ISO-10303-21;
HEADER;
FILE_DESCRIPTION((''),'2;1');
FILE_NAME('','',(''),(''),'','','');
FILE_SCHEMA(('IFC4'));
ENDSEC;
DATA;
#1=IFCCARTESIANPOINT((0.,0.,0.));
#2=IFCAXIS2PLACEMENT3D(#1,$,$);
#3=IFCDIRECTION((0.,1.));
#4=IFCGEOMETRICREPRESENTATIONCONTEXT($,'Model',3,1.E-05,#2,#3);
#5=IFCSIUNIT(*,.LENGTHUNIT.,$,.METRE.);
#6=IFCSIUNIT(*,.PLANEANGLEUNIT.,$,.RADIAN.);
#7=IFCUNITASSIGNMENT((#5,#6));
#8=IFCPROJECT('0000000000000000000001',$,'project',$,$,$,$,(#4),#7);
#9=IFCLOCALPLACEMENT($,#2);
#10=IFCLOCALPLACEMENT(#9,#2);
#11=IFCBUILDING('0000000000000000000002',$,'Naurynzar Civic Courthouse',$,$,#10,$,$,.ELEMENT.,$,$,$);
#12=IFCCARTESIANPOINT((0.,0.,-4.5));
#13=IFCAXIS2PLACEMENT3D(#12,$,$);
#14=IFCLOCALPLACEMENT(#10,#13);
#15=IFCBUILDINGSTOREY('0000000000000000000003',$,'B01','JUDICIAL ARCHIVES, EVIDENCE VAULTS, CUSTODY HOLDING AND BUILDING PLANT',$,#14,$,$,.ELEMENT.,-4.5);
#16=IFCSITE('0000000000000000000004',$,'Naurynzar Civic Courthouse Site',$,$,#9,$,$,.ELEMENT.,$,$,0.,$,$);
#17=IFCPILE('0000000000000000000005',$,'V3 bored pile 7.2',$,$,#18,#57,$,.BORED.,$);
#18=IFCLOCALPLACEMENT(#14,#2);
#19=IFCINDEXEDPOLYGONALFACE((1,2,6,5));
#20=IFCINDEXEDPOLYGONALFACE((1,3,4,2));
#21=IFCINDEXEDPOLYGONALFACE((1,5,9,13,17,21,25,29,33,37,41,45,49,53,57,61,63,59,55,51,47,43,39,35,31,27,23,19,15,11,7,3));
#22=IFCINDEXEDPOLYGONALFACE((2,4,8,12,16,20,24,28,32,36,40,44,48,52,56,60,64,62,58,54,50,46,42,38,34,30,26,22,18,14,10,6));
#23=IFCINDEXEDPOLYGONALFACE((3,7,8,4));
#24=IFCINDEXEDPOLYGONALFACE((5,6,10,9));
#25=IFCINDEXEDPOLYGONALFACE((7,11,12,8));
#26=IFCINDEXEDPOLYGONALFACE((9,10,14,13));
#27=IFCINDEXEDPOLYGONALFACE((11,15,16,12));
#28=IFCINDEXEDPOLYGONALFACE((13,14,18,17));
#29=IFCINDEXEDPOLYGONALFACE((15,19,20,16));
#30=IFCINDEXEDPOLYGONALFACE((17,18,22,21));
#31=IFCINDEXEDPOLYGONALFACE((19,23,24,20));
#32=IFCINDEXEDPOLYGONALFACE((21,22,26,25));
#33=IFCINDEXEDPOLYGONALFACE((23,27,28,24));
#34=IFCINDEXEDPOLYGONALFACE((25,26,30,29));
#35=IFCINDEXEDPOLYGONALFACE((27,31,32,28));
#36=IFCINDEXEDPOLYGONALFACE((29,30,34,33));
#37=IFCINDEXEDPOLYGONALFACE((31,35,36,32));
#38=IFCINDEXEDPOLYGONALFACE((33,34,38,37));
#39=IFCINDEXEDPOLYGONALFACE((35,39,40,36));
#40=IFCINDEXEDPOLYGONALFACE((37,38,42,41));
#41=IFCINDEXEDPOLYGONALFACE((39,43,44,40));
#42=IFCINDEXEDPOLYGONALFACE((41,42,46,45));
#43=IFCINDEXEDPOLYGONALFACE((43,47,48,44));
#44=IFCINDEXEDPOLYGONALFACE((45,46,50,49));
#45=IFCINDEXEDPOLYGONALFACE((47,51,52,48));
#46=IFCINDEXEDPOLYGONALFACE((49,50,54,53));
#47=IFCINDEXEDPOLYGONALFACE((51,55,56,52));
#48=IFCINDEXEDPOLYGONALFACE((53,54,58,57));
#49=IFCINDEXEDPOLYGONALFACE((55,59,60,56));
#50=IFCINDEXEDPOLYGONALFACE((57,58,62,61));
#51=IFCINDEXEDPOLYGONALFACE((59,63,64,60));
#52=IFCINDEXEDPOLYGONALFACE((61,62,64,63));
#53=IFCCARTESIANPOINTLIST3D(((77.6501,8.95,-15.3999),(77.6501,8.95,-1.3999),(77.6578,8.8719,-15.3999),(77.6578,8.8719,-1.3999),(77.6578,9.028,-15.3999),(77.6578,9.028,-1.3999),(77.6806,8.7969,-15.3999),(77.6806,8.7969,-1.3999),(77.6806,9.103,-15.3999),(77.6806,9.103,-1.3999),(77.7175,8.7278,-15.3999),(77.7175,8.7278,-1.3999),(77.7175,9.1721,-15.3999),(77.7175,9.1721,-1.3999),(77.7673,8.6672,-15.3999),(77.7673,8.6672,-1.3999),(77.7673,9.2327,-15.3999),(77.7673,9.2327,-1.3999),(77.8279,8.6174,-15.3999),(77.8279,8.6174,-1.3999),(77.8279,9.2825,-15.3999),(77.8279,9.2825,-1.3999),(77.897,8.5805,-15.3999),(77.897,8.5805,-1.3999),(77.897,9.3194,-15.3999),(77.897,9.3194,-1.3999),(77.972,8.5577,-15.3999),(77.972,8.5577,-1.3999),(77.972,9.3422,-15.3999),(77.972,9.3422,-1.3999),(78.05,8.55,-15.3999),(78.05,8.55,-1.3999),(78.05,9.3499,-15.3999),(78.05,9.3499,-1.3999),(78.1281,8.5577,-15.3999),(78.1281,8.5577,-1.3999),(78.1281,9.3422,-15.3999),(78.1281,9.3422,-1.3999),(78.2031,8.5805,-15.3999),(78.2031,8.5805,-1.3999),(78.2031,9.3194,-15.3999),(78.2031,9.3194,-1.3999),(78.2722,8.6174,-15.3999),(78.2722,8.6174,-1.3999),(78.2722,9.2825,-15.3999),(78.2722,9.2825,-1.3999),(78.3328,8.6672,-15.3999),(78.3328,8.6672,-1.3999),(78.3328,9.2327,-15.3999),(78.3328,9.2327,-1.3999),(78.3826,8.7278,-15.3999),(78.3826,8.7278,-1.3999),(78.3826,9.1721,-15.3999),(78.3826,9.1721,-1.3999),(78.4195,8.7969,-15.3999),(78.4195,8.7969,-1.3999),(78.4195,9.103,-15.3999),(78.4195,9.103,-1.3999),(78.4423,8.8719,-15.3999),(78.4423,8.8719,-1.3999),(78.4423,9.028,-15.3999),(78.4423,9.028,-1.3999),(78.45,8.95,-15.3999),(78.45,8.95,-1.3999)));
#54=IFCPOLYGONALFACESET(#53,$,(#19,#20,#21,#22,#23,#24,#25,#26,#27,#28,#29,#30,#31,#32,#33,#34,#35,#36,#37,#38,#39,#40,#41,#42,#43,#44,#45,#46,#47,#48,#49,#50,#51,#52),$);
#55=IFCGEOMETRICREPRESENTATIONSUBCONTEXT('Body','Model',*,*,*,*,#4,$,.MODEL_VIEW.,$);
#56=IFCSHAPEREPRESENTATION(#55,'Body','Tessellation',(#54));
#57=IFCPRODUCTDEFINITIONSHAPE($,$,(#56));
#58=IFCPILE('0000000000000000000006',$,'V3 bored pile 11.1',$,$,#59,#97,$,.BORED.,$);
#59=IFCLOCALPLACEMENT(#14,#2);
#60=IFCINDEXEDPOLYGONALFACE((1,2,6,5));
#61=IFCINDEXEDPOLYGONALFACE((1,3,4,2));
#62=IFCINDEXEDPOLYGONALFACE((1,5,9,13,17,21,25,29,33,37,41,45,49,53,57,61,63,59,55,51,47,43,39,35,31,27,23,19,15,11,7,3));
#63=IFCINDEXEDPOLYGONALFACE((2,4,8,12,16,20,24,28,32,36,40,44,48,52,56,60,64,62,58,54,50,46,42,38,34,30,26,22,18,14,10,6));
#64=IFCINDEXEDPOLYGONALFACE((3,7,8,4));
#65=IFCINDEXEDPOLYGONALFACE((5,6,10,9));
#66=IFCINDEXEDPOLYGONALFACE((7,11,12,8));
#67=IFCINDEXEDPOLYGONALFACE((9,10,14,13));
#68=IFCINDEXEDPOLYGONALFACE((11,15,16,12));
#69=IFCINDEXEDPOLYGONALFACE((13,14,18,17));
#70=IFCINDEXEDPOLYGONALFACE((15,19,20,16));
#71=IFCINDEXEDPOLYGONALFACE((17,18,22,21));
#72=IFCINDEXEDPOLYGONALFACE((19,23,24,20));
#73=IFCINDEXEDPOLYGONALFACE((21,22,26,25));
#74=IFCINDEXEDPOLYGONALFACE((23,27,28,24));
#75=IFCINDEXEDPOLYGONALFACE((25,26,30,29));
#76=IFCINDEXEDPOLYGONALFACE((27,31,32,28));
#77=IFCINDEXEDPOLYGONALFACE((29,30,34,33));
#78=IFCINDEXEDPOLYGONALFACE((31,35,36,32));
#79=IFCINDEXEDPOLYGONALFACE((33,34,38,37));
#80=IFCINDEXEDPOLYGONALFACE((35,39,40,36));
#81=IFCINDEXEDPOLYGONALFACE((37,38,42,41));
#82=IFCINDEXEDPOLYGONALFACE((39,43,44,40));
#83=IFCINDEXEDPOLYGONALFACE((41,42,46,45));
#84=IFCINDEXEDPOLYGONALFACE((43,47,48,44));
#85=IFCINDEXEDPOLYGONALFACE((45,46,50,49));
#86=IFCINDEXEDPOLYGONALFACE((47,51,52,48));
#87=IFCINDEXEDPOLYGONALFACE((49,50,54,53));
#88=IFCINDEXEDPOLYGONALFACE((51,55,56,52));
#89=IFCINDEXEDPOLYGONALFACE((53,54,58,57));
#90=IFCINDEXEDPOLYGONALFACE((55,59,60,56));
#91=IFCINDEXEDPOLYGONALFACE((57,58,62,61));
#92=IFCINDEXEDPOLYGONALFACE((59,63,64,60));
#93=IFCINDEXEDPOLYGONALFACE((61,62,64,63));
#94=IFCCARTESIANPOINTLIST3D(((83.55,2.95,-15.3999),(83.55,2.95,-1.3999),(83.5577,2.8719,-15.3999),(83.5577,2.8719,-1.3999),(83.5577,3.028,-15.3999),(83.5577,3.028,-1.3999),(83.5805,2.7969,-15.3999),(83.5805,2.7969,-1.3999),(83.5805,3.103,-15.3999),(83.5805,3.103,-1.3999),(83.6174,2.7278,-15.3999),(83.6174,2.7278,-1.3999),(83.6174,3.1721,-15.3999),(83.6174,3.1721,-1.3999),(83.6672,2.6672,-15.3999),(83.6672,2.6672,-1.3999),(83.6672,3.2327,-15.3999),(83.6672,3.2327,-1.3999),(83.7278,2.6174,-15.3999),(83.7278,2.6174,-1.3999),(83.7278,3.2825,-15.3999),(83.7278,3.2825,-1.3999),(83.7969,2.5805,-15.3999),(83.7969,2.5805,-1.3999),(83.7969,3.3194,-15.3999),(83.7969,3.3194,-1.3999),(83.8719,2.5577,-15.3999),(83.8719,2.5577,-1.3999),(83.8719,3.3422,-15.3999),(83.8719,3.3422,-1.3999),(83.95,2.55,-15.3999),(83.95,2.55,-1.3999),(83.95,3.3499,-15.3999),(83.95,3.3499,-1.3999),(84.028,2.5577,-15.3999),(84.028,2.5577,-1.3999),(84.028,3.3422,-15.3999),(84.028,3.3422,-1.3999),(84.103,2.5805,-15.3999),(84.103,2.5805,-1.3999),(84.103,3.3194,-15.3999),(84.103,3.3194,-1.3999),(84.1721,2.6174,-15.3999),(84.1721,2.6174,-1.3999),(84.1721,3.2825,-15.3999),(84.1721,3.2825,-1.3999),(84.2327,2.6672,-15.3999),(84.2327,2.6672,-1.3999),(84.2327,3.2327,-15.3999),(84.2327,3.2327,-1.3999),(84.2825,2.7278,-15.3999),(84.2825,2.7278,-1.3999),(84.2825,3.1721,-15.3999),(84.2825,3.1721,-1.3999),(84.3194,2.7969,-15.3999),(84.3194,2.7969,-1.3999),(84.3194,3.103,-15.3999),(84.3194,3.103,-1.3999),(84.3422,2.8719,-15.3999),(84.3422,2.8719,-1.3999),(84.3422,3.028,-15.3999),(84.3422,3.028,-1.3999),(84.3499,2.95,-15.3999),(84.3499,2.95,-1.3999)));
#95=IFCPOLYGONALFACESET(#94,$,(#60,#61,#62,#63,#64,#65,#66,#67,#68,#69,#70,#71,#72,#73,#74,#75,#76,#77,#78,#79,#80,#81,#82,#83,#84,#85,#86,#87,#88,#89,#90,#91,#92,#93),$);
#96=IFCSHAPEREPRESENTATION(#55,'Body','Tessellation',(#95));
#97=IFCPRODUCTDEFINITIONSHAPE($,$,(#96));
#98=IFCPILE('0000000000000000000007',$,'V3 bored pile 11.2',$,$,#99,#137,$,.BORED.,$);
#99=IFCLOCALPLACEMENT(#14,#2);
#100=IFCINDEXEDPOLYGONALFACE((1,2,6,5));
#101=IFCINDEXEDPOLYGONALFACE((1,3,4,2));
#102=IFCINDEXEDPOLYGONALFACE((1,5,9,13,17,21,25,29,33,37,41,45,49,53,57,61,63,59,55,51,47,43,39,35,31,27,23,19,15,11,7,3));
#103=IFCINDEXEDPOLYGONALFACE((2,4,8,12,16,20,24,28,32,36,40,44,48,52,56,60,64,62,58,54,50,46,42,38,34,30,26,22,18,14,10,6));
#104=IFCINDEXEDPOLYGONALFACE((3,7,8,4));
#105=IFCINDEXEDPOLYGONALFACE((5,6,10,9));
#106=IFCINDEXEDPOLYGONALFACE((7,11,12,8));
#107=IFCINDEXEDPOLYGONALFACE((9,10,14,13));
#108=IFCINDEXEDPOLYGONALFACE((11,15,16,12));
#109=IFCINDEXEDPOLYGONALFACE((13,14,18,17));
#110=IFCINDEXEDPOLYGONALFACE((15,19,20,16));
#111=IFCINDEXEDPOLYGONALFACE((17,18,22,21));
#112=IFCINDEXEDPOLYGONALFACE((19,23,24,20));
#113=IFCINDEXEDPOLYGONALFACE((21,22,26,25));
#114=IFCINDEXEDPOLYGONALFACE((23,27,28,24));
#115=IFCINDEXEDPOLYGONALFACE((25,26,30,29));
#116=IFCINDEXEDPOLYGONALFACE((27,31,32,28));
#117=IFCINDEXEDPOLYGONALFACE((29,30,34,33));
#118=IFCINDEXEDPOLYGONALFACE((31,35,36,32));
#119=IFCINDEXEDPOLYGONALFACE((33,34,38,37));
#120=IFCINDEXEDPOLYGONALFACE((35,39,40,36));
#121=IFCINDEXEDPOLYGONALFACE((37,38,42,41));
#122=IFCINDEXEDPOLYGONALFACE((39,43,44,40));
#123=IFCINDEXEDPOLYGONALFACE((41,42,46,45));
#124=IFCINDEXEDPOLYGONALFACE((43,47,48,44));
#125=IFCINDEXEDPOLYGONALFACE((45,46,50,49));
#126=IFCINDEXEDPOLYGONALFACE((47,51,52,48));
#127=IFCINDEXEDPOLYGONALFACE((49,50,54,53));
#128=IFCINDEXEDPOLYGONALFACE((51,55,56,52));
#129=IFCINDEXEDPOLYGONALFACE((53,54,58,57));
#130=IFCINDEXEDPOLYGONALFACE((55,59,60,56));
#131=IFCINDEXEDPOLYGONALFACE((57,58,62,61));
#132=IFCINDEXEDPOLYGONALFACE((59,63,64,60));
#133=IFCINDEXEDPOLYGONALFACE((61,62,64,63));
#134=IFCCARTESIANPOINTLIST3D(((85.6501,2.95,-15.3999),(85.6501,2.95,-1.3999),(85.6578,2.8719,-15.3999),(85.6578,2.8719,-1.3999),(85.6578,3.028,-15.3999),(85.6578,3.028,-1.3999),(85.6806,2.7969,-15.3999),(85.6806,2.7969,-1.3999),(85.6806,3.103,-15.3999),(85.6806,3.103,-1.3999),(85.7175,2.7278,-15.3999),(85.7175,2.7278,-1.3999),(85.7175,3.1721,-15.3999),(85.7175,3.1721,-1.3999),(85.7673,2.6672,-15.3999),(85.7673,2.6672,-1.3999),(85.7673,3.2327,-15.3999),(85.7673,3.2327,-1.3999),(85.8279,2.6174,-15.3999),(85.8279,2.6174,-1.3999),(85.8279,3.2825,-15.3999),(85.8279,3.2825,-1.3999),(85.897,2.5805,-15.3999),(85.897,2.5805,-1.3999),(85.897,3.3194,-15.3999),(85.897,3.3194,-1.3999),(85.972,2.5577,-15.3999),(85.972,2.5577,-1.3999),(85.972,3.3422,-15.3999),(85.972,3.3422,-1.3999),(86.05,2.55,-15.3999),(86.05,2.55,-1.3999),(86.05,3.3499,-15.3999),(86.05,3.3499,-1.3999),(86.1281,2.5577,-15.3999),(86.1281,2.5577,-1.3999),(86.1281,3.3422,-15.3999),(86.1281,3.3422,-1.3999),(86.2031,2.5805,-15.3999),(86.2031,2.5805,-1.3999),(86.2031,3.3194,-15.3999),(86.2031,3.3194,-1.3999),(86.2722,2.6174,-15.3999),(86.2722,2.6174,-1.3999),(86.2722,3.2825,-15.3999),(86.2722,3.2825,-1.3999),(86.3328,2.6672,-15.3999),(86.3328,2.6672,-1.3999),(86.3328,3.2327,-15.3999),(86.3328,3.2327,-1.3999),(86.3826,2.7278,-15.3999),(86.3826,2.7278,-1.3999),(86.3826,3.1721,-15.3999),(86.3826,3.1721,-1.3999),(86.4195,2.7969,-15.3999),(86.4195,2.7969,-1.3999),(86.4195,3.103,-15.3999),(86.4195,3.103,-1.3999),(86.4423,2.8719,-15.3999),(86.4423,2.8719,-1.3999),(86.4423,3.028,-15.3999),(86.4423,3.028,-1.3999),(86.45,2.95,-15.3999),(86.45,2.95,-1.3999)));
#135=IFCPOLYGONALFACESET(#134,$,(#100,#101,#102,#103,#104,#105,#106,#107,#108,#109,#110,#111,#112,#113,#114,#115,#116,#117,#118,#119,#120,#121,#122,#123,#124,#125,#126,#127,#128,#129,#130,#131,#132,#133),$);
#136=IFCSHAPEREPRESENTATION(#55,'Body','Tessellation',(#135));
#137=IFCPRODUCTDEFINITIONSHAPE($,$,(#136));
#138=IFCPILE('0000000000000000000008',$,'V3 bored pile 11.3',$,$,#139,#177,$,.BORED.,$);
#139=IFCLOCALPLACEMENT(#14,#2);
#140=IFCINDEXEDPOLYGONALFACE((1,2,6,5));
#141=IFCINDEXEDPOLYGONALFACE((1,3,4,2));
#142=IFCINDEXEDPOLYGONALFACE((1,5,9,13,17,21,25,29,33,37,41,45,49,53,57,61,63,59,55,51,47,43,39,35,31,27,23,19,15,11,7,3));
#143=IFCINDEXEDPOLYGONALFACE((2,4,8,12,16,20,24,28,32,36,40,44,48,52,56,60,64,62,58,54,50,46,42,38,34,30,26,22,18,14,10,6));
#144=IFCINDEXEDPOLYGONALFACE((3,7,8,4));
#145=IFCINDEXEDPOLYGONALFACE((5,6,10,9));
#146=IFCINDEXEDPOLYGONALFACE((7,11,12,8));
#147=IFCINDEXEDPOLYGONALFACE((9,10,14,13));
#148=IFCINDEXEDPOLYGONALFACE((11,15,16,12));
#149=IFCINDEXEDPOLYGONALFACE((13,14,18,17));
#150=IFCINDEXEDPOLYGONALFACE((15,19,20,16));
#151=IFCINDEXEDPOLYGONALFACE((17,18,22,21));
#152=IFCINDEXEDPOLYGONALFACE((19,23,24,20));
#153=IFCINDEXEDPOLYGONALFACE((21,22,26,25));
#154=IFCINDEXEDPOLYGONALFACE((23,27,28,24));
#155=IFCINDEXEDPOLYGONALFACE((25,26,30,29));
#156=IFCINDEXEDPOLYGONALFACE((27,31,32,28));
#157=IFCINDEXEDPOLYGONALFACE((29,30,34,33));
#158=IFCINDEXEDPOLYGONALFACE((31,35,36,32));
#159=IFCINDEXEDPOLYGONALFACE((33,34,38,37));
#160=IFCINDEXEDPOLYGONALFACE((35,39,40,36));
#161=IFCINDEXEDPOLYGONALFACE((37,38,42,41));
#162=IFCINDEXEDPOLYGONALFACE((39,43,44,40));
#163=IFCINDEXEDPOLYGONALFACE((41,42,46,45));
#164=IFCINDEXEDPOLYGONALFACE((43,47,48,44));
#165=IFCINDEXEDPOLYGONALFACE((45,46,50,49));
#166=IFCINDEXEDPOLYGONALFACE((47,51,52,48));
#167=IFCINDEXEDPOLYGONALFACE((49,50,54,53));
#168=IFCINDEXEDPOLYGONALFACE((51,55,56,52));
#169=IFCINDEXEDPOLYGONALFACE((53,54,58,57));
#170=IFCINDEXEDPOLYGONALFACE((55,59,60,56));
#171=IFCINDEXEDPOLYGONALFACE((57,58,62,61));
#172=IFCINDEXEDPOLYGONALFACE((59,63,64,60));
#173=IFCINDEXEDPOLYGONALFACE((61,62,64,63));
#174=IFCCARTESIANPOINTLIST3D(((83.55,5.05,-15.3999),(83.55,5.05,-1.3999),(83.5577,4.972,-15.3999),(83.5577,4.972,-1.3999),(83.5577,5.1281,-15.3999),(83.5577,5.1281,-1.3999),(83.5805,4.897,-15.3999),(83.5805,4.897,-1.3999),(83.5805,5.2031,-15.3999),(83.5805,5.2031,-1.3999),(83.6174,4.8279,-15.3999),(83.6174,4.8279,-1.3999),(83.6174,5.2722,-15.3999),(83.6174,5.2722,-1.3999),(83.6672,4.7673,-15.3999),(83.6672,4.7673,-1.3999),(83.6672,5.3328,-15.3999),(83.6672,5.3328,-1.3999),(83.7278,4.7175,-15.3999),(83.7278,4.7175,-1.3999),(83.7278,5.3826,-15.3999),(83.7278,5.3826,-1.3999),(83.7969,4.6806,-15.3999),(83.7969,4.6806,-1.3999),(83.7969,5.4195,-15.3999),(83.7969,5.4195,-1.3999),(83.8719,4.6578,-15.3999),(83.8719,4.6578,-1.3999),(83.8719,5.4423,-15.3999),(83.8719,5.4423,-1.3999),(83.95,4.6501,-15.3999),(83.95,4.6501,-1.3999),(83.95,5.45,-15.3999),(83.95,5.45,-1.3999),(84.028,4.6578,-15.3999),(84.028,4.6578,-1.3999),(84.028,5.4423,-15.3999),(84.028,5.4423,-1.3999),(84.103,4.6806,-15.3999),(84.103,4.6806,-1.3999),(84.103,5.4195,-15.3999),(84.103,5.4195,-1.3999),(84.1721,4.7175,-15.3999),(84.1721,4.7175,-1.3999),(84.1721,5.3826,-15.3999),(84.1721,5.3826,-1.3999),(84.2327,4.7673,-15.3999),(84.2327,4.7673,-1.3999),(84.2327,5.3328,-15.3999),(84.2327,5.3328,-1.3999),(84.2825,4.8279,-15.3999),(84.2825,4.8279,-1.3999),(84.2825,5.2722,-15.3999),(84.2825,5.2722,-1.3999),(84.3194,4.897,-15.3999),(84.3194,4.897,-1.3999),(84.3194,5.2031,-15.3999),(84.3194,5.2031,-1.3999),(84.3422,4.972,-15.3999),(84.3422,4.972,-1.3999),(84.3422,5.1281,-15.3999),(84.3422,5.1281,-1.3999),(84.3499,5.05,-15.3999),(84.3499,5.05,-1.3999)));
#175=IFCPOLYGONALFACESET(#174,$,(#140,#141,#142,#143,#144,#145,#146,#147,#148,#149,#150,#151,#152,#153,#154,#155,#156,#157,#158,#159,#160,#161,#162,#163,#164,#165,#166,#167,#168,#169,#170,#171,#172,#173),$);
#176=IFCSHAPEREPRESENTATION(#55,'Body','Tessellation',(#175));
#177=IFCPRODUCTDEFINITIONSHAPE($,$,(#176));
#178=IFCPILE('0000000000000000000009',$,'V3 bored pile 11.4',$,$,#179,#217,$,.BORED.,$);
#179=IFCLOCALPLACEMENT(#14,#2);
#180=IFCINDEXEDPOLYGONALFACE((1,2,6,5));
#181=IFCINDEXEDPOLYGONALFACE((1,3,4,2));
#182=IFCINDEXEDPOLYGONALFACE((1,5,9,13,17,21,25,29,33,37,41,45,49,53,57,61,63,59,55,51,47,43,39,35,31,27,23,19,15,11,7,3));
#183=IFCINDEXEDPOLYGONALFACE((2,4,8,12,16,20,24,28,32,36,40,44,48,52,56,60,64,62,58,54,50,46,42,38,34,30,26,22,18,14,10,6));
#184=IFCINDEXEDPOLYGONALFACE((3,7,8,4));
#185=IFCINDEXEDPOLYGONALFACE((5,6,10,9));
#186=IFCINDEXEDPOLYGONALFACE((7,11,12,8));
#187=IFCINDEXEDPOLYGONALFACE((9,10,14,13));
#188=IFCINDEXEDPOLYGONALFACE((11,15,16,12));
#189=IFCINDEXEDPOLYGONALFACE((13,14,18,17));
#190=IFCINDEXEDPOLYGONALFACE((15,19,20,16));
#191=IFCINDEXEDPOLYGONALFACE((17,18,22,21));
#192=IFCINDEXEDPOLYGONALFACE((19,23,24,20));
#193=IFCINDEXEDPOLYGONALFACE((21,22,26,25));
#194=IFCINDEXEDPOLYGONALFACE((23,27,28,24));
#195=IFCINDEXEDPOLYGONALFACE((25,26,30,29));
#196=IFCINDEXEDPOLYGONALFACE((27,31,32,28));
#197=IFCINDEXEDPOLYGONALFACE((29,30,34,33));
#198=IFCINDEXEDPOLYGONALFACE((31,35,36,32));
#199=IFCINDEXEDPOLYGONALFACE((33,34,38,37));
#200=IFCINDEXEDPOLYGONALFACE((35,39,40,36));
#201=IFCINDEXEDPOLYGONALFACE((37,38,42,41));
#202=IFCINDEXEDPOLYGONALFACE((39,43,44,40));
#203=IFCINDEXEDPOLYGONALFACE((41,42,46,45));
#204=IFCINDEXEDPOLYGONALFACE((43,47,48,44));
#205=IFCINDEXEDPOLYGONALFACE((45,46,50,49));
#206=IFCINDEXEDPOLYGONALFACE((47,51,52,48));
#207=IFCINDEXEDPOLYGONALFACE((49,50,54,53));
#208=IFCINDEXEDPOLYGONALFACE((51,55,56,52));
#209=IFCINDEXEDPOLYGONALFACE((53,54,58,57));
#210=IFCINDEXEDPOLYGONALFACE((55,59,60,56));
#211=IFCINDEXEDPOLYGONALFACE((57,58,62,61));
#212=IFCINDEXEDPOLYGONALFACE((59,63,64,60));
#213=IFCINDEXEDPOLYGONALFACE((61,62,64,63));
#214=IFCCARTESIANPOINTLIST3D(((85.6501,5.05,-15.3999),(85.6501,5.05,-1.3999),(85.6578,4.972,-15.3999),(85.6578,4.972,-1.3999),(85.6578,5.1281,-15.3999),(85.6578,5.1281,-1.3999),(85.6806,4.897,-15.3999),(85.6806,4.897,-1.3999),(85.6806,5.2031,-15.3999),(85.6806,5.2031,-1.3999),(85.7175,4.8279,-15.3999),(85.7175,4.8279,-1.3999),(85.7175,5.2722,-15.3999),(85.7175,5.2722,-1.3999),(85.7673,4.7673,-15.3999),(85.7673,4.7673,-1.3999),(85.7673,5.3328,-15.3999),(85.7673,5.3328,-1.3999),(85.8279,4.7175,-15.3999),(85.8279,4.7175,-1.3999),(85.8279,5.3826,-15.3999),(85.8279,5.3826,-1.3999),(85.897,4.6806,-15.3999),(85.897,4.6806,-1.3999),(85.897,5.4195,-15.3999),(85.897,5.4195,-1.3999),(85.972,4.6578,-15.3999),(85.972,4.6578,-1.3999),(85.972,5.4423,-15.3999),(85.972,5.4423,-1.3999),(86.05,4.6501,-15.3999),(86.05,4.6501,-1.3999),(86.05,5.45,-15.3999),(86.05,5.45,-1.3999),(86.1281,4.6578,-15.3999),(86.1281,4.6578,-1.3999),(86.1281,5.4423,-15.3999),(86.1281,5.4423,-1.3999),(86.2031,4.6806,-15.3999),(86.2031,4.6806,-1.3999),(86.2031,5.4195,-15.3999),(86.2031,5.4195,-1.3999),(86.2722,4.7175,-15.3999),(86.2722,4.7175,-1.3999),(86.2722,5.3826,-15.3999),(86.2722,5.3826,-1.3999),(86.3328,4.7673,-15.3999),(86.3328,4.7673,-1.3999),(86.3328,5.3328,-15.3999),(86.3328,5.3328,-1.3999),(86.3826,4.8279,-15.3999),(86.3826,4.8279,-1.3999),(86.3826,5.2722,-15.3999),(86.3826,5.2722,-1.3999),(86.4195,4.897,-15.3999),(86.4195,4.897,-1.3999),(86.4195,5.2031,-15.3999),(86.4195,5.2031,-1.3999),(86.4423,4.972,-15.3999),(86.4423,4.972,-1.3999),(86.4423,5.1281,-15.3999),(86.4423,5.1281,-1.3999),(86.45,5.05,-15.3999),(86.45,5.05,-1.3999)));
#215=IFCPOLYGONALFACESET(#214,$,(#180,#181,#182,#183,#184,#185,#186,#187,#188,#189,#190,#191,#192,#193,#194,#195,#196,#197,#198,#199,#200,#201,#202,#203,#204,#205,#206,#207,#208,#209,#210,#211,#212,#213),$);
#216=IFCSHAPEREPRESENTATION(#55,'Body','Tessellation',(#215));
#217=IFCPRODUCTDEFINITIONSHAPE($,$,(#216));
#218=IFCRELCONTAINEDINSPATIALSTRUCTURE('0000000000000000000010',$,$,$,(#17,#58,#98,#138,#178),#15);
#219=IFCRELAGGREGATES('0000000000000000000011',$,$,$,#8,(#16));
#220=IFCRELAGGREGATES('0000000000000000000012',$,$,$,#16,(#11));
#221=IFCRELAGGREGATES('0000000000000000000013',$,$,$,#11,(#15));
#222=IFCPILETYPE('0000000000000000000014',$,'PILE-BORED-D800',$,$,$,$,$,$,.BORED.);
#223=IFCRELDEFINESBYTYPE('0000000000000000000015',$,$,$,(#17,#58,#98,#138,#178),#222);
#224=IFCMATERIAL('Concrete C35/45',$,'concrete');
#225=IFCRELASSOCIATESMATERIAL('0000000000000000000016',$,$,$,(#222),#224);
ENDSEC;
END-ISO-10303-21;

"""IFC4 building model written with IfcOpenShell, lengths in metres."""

from ifc_helpers import new_model, si_unit, direction, frame, origin, origin_2d, place, context, subcontext, project, spatial, circle, extrude, material, material_profile, profile_set, type_object, element, save


model = new_model("IFC4")

# Units and contexts
model_context = context("Model", 3, precision=1e-05, world=origin(), true_north=direction((0.0, 1.0)))
body_context = subcontext(model_context, "Body", "Model", "MODEL_VIEW")
ifc_project = project(units=[si_unit("LENGTHUNIT", "METRE"), si_unit("PLANEANGLEUNIT", "RADIAN")], contexts=[model_context])

# Site, building, storey
site_placement = place(None, origin())
site = spatial("IfcSite", under=ifc_project, at=site_placement, Name="Naurynzar Civic Courthouse Site", CompositionType="ELEMENT", RefElevation=0.0)
building_placement = place(site_placement, origin())
building = spatial("IfcBuilding", under=site, at=building_placement, Name="Naurynzar Civic Courthouse", CompositionType="ELEMENT")
storey_placement = place(building_placement, frame((0.0, 0.0, -4.5)))
storey = spatial("IfcBuildingStorey", under=building, at=storey_placement, Name="B01", Description="JUDICIAL ARCHIVES, EVIDENCE VAULTS, CUSTODY HOLDING AND BUILDING PLANT", CompositionType="ELEMENT", Elevation=-4.5)

# Piles
ifc_material_1 = material(Name="Concrete C35/45", Category="concrete")
ifc_material_profile_1 = material_profile(ifc_material_1, circle(Radius=0.3999, at=origin_2d()), Name="PILE D800")
ifc_profile_set_1 = profile_set([ifc_material_profile_1], Name="Concrete C35/45")
pile_type = type_object("IfcPileType", Name="PILE-BORED-D800", PredefinedType="BORED", material=ifc_profile_set_1)
for number, where, z_axis, x_axis, name in (
    (1, (78.05, 8.95, -1.3999), (0.0, 0.0, -1.0), (1.0, 0.0, 0.0), "V3 bored pile 7.2"),
    (2, (83.95, 2.95, -1.3999), (0.0, 0.0, -1.0), (1.0, 0.0, 0.0), "V3 bored pile 11.1"),
    (3, (86.05, 2.95, -1.3999), (0.0, 0.0, -1.0), (1.0, 0.0, 0.0), "V3 bored pile 11.2"),
    (4, (83.95, 5.05, -1.3999), (0.0, 0.0, -1.0), (1.0, 0.0, 0.0), "V3 bored pile 11.3"),
    (5, (86.05, 5.05, -1.3999), (0.0, 0.0, -1.0), (1.0, 0.0, 0.0), "V3 bored pile 11.4"),
):
    element("IfcPile", number, at=place(storey_placement, frame(where, z_axis=z_axis, x_axis=x_axis)), inside=storey, type_object=pile_type, Name=name, PredefinedType="BORED", context=body_context, shape_type="SweptSolid", body=[
        extrude(circle(Radius=0.3999, at=origin_2d()), origin(), (0.0, 0.0, 1.0), 14.0),
    ])

save(model, "model.ifc")
